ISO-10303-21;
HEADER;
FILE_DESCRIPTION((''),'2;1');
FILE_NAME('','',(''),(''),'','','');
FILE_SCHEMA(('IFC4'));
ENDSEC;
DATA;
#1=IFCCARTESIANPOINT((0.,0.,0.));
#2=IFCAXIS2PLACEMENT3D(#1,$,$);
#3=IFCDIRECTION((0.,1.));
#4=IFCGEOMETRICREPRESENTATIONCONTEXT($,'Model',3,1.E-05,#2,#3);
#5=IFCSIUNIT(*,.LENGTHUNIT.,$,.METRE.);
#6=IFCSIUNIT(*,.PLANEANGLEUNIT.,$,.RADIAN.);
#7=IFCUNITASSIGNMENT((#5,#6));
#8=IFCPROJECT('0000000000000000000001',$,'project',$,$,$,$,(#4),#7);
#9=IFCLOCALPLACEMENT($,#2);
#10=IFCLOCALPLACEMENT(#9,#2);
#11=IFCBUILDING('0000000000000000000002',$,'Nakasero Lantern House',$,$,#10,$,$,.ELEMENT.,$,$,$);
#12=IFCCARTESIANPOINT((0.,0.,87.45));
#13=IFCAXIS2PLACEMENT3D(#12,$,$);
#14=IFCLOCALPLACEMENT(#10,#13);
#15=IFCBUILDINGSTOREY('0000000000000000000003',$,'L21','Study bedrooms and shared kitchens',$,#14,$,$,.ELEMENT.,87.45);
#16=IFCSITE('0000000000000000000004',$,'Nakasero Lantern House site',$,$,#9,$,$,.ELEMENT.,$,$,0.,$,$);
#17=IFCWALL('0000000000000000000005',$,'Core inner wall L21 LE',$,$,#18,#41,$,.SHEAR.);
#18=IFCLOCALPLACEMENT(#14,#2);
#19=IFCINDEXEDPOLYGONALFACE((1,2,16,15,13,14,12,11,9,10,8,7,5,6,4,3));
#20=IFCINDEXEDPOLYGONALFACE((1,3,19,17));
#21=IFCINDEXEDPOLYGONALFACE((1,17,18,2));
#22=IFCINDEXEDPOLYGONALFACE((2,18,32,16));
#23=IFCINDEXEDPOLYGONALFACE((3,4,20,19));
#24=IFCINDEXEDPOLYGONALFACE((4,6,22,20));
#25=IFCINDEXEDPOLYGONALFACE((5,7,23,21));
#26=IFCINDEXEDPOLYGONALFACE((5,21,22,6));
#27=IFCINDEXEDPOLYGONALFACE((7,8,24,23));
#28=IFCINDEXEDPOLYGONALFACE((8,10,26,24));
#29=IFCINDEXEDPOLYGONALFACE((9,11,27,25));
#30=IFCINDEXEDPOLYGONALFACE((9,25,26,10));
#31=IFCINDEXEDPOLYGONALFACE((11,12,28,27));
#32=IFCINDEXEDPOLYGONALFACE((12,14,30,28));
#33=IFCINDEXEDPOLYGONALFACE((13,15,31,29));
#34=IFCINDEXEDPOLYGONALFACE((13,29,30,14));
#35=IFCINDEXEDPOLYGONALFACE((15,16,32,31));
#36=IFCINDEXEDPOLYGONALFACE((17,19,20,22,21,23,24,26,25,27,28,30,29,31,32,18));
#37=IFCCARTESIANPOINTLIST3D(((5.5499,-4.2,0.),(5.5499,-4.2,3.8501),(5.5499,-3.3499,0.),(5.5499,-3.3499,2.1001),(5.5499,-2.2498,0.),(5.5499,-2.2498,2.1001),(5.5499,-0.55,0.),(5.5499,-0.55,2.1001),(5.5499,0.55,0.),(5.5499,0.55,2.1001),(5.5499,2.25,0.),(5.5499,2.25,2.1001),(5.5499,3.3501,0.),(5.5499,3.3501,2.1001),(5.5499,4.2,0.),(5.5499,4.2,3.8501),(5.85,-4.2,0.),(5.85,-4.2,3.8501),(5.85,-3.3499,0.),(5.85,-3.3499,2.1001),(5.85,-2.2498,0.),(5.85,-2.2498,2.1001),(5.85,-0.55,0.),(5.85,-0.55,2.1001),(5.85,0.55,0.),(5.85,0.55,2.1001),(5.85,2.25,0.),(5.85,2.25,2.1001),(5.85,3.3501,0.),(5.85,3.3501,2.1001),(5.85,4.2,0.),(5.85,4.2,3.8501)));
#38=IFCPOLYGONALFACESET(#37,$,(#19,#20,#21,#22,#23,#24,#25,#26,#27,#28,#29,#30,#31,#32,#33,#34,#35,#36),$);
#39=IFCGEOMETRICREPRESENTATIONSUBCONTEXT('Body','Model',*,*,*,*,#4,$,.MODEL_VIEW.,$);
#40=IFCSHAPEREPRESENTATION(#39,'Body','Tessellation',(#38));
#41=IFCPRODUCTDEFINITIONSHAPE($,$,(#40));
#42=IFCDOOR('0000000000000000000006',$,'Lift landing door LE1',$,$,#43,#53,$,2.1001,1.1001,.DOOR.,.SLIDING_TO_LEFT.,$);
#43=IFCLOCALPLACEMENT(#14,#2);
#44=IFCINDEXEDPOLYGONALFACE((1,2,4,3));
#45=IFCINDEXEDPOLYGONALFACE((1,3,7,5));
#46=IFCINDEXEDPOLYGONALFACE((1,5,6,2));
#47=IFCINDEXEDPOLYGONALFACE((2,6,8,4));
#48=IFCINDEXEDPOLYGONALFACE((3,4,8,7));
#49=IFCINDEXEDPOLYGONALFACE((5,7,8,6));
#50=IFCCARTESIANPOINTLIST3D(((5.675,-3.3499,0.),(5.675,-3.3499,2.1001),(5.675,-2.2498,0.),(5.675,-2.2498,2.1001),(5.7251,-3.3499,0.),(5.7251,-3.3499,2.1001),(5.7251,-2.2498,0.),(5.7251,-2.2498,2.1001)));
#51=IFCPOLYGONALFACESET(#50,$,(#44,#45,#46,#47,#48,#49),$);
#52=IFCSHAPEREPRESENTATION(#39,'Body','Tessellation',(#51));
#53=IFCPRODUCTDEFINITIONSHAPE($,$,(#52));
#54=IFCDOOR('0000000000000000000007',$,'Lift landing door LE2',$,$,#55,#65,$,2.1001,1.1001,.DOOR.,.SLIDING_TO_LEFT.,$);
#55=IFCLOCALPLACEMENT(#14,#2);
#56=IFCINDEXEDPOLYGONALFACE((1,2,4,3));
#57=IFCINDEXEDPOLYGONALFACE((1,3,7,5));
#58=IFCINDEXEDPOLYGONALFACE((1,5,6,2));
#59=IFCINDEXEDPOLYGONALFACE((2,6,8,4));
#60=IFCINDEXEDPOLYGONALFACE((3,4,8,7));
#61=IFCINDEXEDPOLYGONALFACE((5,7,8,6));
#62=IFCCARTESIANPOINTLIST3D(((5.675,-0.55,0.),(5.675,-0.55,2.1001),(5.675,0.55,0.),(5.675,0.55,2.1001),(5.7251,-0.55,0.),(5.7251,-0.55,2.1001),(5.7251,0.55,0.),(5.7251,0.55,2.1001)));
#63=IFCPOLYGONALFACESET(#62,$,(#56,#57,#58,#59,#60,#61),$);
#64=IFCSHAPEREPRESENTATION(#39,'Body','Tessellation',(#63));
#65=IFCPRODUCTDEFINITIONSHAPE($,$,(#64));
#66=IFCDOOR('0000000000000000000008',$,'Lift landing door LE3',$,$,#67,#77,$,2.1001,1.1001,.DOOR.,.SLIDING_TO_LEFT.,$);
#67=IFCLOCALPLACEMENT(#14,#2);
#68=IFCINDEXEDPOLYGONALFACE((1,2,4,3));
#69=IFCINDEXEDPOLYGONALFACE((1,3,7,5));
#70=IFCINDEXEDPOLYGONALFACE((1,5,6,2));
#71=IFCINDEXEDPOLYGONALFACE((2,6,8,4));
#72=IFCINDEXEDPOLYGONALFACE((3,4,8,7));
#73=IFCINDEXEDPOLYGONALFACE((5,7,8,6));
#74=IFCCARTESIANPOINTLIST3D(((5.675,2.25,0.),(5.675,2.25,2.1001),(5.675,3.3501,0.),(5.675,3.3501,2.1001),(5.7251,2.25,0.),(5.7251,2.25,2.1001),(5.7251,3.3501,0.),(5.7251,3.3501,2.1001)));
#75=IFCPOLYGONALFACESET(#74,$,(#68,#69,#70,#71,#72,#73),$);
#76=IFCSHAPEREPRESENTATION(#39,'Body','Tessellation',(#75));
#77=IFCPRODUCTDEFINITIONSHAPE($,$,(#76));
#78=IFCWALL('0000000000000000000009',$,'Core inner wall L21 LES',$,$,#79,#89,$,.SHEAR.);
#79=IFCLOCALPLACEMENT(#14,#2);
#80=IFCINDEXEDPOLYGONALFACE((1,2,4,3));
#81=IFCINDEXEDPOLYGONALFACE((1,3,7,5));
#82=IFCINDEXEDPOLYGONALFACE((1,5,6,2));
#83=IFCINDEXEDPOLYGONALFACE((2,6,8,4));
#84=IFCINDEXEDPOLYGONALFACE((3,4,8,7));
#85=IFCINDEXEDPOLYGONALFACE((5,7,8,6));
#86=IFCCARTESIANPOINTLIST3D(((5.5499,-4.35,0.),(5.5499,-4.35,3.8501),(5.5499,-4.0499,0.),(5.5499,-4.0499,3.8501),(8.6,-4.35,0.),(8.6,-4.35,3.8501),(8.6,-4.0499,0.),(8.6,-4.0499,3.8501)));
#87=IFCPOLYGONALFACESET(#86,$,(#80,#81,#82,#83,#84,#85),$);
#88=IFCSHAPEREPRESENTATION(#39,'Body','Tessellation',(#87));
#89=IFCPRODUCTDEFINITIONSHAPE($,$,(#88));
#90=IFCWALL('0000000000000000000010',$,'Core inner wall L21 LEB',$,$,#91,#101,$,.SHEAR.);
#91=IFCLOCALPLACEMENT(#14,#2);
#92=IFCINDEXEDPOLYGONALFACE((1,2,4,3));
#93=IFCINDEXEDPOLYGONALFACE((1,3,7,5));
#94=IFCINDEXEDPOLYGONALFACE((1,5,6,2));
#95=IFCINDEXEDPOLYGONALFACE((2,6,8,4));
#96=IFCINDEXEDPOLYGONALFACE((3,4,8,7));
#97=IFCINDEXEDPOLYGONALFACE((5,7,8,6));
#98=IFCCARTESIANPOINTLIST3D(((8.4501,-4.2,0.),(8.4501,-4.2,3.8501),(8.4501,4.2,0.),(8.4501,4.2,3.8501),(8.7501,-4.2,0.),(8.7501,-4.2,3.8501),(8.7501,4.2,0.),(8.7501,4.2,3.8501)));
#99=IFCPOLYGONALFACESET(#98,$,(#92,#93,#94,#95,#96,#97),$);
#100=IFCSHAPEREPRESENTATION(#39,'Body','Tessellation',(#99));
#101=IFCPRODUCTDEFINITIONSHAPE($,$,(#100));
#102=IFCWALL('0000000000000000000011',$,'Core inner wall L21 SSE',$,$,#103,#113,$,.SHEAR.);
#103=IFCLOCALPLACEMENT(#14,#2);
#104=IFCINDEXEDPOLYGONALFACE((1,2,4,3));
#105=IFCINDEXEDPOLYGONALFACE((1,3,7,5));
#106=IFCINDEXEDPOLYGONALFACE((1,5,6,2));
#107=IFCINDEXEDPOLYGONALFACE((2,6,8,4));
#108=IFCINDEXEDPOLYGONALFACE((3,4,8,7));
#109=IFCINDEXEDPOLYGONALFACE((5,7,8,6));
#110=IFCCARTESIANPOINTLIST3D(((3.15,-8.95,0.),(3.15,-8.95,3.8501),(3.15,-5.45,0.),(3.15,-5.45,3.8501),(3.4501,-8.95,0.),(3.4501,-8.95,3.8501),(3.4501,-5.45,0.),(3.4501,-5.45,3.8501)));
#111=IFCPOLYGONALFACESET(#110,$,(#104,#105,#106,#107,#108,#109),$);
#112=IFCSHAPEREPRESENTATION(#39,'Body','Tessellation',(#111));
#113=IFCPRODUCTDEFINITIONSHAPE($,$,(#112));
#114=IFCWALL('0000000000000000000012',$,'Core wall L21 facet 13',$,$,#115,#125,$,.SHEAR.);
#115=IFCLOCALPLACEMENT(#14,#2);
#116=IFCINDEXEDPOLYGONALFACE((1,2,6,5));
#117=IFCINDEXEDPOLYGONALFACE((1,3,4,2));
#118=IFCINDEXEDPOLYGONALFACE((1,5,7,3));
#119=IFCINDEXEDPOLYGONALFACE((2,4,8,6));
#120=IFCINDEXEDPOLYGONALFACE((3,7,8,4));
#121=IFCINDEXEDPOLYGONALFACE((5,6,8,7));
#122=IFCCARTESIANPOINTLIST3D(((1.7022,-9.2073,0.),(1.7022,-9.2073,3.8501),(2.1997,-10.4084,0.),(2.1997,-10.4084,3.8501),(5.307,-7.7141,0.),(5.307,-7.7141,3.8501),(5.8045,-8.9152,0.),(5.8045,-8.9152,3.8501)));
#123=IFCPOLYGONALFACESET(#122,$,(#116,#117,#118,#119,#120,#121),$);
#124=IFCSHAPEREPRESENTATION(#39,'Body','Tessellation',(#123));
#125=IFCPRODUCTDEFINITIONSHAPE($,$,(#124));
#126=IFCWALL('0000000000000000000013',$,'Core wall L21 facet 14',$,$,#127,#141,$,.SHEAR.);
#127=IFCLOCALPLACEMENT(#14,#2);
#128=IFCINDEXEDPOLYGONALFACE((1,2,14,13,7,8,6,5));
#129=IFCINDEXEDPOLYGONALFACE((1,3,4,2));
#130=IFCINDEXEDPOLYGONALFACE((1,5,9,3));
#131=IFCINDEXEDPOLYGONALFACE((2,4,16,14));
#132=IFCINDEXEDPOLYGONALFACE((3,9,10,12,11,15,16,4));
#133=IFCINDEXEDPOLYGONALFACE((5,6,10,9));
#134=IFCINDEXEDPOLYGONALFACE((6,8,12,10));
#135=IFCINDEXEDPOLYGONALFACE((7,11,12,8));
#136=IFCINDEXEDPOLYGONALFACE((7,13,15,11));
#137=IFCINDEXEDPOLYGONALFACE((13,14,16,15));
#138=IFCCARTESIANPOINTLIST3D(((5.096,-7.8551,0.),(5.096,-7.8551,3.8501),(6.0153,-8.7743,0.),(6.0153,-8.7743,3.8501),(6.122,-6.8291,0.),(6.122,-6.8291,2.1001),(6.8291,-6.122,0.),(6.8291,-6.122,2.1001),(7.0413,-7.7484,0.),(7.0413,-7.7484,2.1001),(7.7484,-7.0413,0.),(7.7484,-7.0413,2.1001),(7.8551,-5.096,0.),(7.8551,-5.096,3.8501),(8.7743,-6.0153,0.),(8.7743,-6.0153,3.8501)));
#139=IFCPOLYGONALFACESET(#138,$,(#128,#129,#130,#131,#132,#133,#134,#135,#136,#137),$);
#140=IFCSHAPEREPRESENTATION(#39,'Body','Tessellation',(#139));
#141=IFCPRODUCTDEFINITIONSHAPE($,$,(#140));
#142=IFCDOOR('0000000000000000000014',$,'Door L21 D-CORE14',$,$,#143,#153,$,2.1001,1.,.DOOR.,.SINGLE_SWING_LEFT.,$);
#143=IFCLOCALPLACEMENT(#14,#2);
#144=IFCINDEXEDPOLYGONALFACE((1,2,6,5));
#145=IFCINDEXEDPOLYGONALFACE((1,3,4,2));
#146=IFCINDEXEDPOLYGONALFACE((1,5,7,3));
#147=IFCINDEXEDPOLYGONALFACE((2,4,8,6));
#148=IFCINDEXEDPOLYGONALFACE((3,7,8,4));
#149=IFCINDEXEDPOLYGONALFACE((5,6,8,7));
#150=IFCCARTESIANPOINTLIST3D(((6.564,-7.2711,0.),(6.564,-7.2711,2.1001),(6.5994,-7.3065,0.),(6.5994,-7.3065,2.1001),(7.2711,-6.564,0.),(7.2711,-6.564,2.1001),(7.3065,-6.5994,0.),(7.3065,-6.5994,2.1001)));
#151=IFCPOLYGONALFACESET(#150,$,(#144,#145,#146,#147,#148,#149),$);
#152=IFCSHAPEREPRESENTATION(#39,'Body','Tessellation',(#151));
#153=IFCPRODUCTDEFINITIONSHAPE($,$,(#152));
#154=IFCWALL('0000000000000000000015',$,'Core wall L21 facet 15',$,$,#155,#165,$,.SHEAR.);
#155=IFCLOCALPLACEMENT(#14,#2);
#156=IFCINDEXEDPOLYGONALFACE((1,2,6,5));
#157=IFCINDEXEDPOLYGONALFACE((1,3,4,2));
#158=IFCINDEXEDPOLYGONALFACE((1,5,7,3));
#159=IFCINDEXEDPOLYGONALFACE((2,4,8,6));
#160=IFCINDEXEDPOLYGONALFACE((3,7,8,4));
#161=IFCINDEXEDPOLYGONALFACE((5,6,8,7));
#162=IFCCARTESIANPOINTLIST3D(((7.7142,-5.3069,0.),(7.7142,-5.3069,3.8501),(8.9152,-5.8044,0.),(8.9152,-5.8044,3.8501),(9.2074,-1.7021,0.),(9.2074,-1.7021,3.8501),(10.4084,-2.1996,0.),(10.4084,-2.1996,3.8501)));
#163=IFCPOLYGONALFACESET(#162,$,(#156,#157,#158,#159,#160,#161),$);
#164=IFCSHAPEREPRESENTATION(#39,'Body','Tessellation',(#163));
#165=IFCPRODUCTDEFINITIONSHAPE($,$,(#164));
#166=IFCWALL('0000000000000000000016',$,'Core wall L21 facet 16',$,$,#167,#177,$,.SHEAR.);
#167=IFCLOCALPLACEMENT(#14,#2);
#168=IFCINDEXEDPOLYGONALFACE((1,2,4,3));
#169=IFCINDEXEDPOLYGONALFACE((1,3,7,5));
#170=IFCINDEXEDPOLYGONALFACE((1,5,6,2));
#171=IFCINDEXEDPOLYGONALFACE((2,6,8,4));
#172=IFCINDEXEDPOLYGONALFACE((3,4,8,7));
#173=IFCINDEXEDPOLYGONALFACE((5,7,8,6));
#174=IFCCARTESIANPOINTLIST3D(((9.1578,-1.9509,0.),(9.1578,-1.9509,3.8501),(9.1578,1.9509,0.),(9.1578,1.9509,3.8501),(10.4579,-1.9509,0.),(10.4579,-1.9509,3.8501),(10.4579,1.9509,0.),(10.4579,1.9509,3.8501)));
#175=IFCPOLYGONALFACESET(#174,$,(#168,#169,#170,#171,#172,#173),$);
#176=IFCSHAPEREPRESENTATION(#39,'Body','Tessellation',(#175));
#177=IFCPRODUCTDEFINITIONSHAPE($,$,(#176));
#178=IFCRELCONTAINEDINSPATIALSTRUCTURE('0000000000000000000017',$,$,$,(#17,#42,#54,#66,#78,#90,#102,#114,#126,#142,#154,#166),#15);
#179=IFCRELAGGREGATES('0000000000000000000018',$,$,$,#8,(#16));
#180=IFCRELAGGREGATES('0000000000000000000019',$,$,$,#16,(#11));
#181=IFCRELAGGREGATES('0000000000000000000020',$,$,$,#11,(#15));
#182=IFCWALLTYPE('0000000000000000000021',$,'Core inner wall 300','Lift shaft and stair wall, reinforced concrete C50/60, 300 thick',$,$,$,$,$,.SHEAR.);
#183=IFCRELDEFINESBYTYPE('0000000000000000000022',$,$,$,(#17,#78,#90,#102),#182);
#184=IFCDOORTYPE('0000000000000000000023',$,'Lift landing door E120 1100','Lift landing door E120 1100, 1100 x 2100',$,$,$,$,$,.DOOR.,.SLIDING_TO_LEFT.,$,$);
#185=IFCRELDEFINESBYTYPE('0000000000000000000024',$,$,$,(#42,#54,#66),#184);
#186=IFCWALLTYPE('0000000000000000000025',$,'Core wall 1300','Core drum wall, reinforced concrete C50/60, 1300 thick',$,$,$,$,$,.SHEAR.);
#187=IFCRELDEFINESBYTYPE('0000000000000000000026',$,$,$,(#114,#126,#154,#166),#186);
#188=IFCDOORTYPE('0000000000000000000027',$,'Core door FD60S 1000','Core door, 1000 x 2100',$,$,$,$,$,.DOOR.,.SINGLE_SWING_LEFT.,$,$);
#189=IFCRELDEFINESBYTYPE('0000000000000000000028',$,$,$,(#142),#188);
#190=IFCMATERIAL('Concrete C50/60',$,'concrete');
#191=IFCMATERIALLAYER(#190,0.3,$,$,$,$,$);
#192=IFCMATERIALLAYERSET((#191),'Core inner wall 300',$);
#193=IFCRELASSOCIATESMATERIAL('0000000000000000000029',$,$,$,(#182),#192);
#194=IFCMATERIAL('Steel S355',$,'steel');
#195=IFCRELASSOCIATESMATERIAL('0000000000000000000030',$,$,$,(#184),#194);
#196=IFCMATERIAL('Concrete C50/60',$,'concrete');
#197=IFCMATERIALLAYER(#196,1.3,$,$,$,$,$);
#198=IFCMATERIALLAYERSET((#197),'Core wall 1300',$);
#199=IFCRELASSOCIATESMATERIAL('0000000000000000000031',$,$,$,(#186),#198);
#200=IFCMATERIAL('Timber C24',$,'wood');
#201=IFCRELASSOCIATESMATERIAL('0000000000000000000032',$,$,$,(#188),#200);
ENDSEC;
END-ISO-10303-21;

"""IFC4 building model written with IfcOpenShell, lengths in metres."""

from ifc_helpers import new_model, si_unit, direction, frame, frame_2d, origin, place, context, subcontext, project, spatial, rectangle, extrude, material, layer, layer_set, type_object, element, fill, save


model = new_model("IFC4")

# Units and contexts
model_context = context("Model", 3, precision=1e-05, world=origin(), true_north=direction((0.0, 1.0)))
body_context = subcontext(model_context, "Body", "Model", "MODEL_VIEW")
ifc_project = project(units=[si_unit("LENGTHUNIT", "METRE"), si_unit("PLANEANGLEUNIT", "RADIAN")], contexts=[model_context])

# Site, building, storey
site_placement = place(None, origin())
site = spatial("IfcSite", under=ifc_project, at=site_placement, Name="Nakasero Lantern House site", CompositionType="ELEMENT", RefElevation=0.0)
building_placement = place(site_placement, origin())
building = spatial("IfcBuilding", under=site, at=building_placement, Name="Nakasero Lantern House", CompositionType="ELEMENT")
storey_placement = place(building_placement, frame((0.0, 0.0, 87.45)))
storey = spatial("IfcBuildingStorey", under=building, at=storey_placement, Name="L21", Description="Study bedrooms and shared kitchens", CompositionType="ELEMENT", Elevation=87.45)

# Wall, openings, doors
ifc_material_1 = material(Name="Concrete C50/60", Category="concrete")
ifc_layer_1 = layer(ifc_material_1, 0.3)
ifc_layer_set_1 = layer_set([ifc_layer_1], Name="Core inner wall 300")
wall_type_1 = type_object("IfcWallType", Name="Core inner wall 300", Description="Lift shaft and stair wall, reinforced concrete C50/60, 300 thick", PredefinedType="SHEAR", material=ifc_layer_set_1)
wall_1_placement = place(storey_placement, frame((5.7, -4.2, 0.0), z_axis=(0.0, 0.0, 1.0), x_axis=(0.0, 1.0, 0.0)))
wall_1 = element("IfcWall", 1, at=wall_1_placement, inside=storey, type_object=wall_type_1, Name="Core inner wall L21 LE", PredefinedType="SHEAR", context=body_context, shape_type="SweptSolid", body=[
    extrude(rectangle(XDim=8.3999, YDim=0.3, at=frame_2d((4.2, 0.0))), origin(), (0.0, 0.0, 1.0), 3.8501),
])
opening_1_placement = place(wall_1_placement, frame((0.8501, 0.0, 0.0)))
opening_1 = element("IfcOpeningElement", 2, at=opening_1_placement, cuts=wall_1, PredefinedType="OPENING", context=body_context, shape_type="SweptSolid", body=[
    extrude(rectangle(XDim=1.1001, YDim=2.1001, at=frame_2d((0.55, 1.05))), frame((0.0, 0.1699, 0.0), z_axis=(0.0, -1.0, 0.0), x_axis=(1.0, 0.0, 0.0)), (0.0, 0.0, 1.0), 0.3401),
])
opening_2_placement = place(wall_1_placement, frame((3.6499, 0.0, 0.0)))
opening_2 = element("IfcOpeningElement", 3, at=opening_2_placement, cuts=wall_1, PredefinedType="OPENING", context=body_context, shape_type="SweptSolid", body=[
    extrude(rectangle(XDim=1.1001, YDim=2.1001, at=frame_2d((0.55, 1.05))), frame((0.0, 0.1699, 0.0), z_axis=(0.0, -1.0, 0.0), x_axis=(1.0, 0.0, 0.0)), (0.0, 0.0, 1.0), 0.3401),
])
opening_3_placement = place(wall_1_placement, frame((6.45, 0.0, 0.0)))
opening_3 = element("IfcOpeningElement", 4, at=opening_3_placement, cuts=wall_1, PredefinedType="OPENING", context=body_context, shape_type="SweptSolid", body=[
    extrude(rectangle(XDim=1.1001, YDim=2.1001, at=frame_2d((0.55, 1.05))), frame((0.0, 0.1699, 0.0), z_axis=(0.0, -1.0, 0.0), x_axis=(1.0, 0.0, 0.0)), (0.0, 0.0, 1.0), 0.3401),
])
ifc_material_2 = material(Name="Steel S355", Category="steel")
door_type_1 = type_object("IfcDoorType", Name="Lift landing door E120 1100", Description="Lift landing door E120 1100, 1100 x 2100", OperationType="SLIDING_TO_LEFT", PredefinedType="DOOR", material=ifc_material_2)
door_1_placement = place(opening_1_placement, origin())
door_1 = element("IfcDoor", 5, at=door_1_placement, inside=storey, type_object=door_type_1, Name="Lift landing door LE1", OperationType="SLIDING_TO_LEFT", OverallHeight=2.1001, OverallWidth=1.1001, PredefinedType="DOOR", context=body_context, shape_type="SweptSolid", body=[
    extrude(rectangle(XDim=1.1001, YDim=2.1001, at=frame_2d((0.55, 1.05))), frame((0.0, 0.0249, 0.0), z_axis=(0.0, -1.0, 0.0), x_axis=(1.0, 0.0, 0.0)), (0.0, 0.0, 1.0), 0.05),
])
fill(opening_1, door_1)
door_2_placement = place(opening_2_placement, origin())
door_2 = element("IfcDoor", 6, at=door_2_placement, inside=storey, type_object=door_type_1, Name="Lift landing door LE2", OperationType="SLIDING_TO_LEFT", OverallHeight=2.1001, OverallWidth=1.1001, PredefinedType="DOOR", context=body_context, shape_type="SweptSolid", body=[
    extrude(rectangle(XDim=1.1001, YDim=2.1001, at=frame_2d((0.55, 1.05))), frame((0.0, 0.0249, 0.0), z_axis=(0.0, -1.0, 0.0), x_axis=(1.0, 0.0, 0.0)), (0.0, 0.0, 1.0), 0.05),
])
fill(opening_2, door_2)
door_3_placement = place(opening_3_placement, origin())
door_3 = element("IfcDoor", 7, at=door_3_placement, inside=storey, type_object=door_type_1, Name="Lift landing door LE3", OperationType="SLIDING_TO_LEFT", OverallHeight=2.1001, OverallWidth=1.1001, PredefinedType="DOOR", context=body_context, shape_type="SweptSolid", body=[
    extrude(rectangle(XDim=1.1001, YDim=2.1001, at=frame_2d((0.55, 1.05))), frame((0.0, 0.0249, 0.0), z_axis=(0.0, -1.0, 0.0), x_axis=(1.0, 0.0, 0.0)), (0.0, 0.0, 1.0), 0.05),
])
fill(opening_3, door_3)

# Walls
wall_2_placement = place(storey_placement, frame((5.55, -4.2, 0.0), z_axis=(0.0, 0.0, 1.0), x_axis=(1.0, 0.0, 0.0)))
element("IfcWall", 8, at=wall_2_placement, inside=storey, type_object=wall_type_1, Name="Core inner wall L21 LES", PredefinedType="SHEAR", context=body_context, shape_type="SweptSolid", body=[
    extrude(rectangle(XDim=3.05, YDim=0.3, at=frame_2d((1.5249, 0.0))), origin(), (0.0, 0.0, 1.0), 3.8501),
])
wall_3_placement = place(storey_placement, frame((8.6001, -4.2, 0.0), z_axis=(0.0, 0.0, 1.0), x_axis=(0.0, 1.0, 0.0)))
element("IfcWall", 9, at=wall_3_placement, inside=storey, type_object=wall_type_1, Name="Core inner wall L21 LEB", PredefinedType="SHEAR", context=body_context, shape_type="SweptSolid", body=[
    extrude(rectangle(XDim=8.3999, YDim=0.3, at=frame_2d((4.2, 0.0))), origin(), (0.0, 0.0, 1.0), 3.8501),
])
wall_4_placement = place(storey_placement, frame((3.3, -5.45, 0.0), z_axis=(0.0, 0.0, 1.0), x_axis=(0.0, -1.0, 0.0)))
element("IfcWall", 10, at=wall_4_placement, inside=storey, type_object=wall_type_1, Name="Core inner wall L21 SSE", PredefinedType="SHEAR", context=body_context, shape_type="SweptSolid", body=[
    extrude(rectangle(XDim=3.5, YDim=0.3, at=frame_2d((1.75, 0.0))), origin(), (0.0, 0.0, 1.0), 3.8501),
])
ifc_material_3 = material(Name="Concrete C50/60", Category="concrete")
ifc_layer_2 = layer(ifc_material_3, 1.3)
ifc_layer_set_2 = layer_set([ifc_layer_2], Name="Core wall 1300")
wall_type_2 = type_object("IfcWallType", Name="Core wall 1300", Description="Core drum wall, reinforced concrete C50/60, 1300 thick", PredefinedType="SHEAR", material=ifc_layer_set_2)
wall_5_placement = place(storey_placement, frame((1.9509, -9.8079, 0.0), z_axis=(0.0, 0.0, 1.0), x_axis=(0.923877, 0.382691, 0.0)))
element("IfcWall", 11, at=wall_5_placement, inside=storey, type_object=wall_type_2, Name="Core wall L21 facet 13", PredefinedType="SHEAR", context=body_context, shape_type="SweptSolid", body=[
    extrude(rectangle(XDim=3.9019, YDim=1.3, at=frame_2d((1.9509, 0.0))), origin(), (0.0, 0.0, 1.0), 3.8501),
])

# Wall, opening, door
wall_6_placement = place(storey_placement, frame((5.5557, -8.3147, 0.0), z_axis=(0.0, 0.0, 1.0), x_axis=(0.707107, 0.707107, 0.0)))
wall_6 = element("IfcWall", 12, at=wall_6_placement, inside=storey, type_object=wall_type_2, Name="Core wall L21 facet 14", PredefinedType="SHEAR", context=body_context, shape_type="SweptSolid", body=[
    extrude(rectangle(XDim=3.9019, YDim=1.3, at=frame_2d((1.9509, 0.0))), origin(), (0.0, 0.0, 1.0), 3.8501),
])
opening_4_placement = place(wall_6_placement, frame((1.4509, 0.0, 0.0)))
opening_4 = element("IfcOpeningElement", 13, at=opening_4_placement, cuts=wall_6, PredefinedType="OPENING", context=body_context, shape_type="SweptSolid", body=[
    extrude(rectangle(XDim=1.0, YDim=2.1001, at=frame_2d((0.5, 1.05))), frame((0.0, 0.6699, 0.0), z_axis=(0.0, -1.0, 0.0), x_axis=(1.0, 0.0, 0.0)), (0.0, 0.0, 1.0), 1.3401),
])
ifc_material_4 = material(Name="Timber C24", Category="wood")
door_type_2 = type_object("IfcDoorType", Name="Core door FD60S 1000", Description="Core door, 1000 x 2100", OperationType="SINGLE_SWING_LEFT", PredefinedType="DOOR", material=ifc_material_4)
door_4_placement = place(opening_4_placement, origin())
door_4 = element("IfcDoor", 14, at=door_4_placement, inside=storey, type_object=door_type_2, Name="Door L21 D-CORE14", OperationType="SINGLE_SWING_LEFT", OverallHeight=2.1001, OverallWidth=1.0, PredefinedType="DOOR", context=body_context, shape_type="SweptSolid", body=[
    extrude(rectangle(XDim=1.0, YDim=2.1001, at=frame_2d((0.5, 1.05))), frame((0.0, 0.0249, 0.0), z_axis=(0.0, -1.0, 0.0), x_axis=(1.0, 0.0, 0.0)), (0.0, 0.0, 1.0), 0.05),
])
fill(opening_4, door_4)

# Walls
for number, where, z_axis, x_axis, name in (
    (15, (8.3147, -5.5557, 0.0), (0.0, 0.0, 1.0), (0.382691, 0.923877, 0.0), "Core wall L21 facet 15"),
    (16, (9.8079, -1.9509, 0.0), (0.0, 0.0, 1.0), (0.0, 1.0, 0.0), "Core wall L21 facet 16"),
):
    element("IfcWall", number, at=place(storey_placement, frame(where, z_axis=z_axis, x_axis=x_axis)), inside=storey, type_object=wall_type_2, Name=name, PredefinedType="SHEAR", context=body_context, shape_type="SweptSolid", body=[
        extrude(rectangle(XDim=3.9019, YDim=1.3, at=frame_2d((1.9509, 0.0))), origin(), (0.0, 0.0, 1.0), 3.8501),
    ])

save(model, "model.ifc")
